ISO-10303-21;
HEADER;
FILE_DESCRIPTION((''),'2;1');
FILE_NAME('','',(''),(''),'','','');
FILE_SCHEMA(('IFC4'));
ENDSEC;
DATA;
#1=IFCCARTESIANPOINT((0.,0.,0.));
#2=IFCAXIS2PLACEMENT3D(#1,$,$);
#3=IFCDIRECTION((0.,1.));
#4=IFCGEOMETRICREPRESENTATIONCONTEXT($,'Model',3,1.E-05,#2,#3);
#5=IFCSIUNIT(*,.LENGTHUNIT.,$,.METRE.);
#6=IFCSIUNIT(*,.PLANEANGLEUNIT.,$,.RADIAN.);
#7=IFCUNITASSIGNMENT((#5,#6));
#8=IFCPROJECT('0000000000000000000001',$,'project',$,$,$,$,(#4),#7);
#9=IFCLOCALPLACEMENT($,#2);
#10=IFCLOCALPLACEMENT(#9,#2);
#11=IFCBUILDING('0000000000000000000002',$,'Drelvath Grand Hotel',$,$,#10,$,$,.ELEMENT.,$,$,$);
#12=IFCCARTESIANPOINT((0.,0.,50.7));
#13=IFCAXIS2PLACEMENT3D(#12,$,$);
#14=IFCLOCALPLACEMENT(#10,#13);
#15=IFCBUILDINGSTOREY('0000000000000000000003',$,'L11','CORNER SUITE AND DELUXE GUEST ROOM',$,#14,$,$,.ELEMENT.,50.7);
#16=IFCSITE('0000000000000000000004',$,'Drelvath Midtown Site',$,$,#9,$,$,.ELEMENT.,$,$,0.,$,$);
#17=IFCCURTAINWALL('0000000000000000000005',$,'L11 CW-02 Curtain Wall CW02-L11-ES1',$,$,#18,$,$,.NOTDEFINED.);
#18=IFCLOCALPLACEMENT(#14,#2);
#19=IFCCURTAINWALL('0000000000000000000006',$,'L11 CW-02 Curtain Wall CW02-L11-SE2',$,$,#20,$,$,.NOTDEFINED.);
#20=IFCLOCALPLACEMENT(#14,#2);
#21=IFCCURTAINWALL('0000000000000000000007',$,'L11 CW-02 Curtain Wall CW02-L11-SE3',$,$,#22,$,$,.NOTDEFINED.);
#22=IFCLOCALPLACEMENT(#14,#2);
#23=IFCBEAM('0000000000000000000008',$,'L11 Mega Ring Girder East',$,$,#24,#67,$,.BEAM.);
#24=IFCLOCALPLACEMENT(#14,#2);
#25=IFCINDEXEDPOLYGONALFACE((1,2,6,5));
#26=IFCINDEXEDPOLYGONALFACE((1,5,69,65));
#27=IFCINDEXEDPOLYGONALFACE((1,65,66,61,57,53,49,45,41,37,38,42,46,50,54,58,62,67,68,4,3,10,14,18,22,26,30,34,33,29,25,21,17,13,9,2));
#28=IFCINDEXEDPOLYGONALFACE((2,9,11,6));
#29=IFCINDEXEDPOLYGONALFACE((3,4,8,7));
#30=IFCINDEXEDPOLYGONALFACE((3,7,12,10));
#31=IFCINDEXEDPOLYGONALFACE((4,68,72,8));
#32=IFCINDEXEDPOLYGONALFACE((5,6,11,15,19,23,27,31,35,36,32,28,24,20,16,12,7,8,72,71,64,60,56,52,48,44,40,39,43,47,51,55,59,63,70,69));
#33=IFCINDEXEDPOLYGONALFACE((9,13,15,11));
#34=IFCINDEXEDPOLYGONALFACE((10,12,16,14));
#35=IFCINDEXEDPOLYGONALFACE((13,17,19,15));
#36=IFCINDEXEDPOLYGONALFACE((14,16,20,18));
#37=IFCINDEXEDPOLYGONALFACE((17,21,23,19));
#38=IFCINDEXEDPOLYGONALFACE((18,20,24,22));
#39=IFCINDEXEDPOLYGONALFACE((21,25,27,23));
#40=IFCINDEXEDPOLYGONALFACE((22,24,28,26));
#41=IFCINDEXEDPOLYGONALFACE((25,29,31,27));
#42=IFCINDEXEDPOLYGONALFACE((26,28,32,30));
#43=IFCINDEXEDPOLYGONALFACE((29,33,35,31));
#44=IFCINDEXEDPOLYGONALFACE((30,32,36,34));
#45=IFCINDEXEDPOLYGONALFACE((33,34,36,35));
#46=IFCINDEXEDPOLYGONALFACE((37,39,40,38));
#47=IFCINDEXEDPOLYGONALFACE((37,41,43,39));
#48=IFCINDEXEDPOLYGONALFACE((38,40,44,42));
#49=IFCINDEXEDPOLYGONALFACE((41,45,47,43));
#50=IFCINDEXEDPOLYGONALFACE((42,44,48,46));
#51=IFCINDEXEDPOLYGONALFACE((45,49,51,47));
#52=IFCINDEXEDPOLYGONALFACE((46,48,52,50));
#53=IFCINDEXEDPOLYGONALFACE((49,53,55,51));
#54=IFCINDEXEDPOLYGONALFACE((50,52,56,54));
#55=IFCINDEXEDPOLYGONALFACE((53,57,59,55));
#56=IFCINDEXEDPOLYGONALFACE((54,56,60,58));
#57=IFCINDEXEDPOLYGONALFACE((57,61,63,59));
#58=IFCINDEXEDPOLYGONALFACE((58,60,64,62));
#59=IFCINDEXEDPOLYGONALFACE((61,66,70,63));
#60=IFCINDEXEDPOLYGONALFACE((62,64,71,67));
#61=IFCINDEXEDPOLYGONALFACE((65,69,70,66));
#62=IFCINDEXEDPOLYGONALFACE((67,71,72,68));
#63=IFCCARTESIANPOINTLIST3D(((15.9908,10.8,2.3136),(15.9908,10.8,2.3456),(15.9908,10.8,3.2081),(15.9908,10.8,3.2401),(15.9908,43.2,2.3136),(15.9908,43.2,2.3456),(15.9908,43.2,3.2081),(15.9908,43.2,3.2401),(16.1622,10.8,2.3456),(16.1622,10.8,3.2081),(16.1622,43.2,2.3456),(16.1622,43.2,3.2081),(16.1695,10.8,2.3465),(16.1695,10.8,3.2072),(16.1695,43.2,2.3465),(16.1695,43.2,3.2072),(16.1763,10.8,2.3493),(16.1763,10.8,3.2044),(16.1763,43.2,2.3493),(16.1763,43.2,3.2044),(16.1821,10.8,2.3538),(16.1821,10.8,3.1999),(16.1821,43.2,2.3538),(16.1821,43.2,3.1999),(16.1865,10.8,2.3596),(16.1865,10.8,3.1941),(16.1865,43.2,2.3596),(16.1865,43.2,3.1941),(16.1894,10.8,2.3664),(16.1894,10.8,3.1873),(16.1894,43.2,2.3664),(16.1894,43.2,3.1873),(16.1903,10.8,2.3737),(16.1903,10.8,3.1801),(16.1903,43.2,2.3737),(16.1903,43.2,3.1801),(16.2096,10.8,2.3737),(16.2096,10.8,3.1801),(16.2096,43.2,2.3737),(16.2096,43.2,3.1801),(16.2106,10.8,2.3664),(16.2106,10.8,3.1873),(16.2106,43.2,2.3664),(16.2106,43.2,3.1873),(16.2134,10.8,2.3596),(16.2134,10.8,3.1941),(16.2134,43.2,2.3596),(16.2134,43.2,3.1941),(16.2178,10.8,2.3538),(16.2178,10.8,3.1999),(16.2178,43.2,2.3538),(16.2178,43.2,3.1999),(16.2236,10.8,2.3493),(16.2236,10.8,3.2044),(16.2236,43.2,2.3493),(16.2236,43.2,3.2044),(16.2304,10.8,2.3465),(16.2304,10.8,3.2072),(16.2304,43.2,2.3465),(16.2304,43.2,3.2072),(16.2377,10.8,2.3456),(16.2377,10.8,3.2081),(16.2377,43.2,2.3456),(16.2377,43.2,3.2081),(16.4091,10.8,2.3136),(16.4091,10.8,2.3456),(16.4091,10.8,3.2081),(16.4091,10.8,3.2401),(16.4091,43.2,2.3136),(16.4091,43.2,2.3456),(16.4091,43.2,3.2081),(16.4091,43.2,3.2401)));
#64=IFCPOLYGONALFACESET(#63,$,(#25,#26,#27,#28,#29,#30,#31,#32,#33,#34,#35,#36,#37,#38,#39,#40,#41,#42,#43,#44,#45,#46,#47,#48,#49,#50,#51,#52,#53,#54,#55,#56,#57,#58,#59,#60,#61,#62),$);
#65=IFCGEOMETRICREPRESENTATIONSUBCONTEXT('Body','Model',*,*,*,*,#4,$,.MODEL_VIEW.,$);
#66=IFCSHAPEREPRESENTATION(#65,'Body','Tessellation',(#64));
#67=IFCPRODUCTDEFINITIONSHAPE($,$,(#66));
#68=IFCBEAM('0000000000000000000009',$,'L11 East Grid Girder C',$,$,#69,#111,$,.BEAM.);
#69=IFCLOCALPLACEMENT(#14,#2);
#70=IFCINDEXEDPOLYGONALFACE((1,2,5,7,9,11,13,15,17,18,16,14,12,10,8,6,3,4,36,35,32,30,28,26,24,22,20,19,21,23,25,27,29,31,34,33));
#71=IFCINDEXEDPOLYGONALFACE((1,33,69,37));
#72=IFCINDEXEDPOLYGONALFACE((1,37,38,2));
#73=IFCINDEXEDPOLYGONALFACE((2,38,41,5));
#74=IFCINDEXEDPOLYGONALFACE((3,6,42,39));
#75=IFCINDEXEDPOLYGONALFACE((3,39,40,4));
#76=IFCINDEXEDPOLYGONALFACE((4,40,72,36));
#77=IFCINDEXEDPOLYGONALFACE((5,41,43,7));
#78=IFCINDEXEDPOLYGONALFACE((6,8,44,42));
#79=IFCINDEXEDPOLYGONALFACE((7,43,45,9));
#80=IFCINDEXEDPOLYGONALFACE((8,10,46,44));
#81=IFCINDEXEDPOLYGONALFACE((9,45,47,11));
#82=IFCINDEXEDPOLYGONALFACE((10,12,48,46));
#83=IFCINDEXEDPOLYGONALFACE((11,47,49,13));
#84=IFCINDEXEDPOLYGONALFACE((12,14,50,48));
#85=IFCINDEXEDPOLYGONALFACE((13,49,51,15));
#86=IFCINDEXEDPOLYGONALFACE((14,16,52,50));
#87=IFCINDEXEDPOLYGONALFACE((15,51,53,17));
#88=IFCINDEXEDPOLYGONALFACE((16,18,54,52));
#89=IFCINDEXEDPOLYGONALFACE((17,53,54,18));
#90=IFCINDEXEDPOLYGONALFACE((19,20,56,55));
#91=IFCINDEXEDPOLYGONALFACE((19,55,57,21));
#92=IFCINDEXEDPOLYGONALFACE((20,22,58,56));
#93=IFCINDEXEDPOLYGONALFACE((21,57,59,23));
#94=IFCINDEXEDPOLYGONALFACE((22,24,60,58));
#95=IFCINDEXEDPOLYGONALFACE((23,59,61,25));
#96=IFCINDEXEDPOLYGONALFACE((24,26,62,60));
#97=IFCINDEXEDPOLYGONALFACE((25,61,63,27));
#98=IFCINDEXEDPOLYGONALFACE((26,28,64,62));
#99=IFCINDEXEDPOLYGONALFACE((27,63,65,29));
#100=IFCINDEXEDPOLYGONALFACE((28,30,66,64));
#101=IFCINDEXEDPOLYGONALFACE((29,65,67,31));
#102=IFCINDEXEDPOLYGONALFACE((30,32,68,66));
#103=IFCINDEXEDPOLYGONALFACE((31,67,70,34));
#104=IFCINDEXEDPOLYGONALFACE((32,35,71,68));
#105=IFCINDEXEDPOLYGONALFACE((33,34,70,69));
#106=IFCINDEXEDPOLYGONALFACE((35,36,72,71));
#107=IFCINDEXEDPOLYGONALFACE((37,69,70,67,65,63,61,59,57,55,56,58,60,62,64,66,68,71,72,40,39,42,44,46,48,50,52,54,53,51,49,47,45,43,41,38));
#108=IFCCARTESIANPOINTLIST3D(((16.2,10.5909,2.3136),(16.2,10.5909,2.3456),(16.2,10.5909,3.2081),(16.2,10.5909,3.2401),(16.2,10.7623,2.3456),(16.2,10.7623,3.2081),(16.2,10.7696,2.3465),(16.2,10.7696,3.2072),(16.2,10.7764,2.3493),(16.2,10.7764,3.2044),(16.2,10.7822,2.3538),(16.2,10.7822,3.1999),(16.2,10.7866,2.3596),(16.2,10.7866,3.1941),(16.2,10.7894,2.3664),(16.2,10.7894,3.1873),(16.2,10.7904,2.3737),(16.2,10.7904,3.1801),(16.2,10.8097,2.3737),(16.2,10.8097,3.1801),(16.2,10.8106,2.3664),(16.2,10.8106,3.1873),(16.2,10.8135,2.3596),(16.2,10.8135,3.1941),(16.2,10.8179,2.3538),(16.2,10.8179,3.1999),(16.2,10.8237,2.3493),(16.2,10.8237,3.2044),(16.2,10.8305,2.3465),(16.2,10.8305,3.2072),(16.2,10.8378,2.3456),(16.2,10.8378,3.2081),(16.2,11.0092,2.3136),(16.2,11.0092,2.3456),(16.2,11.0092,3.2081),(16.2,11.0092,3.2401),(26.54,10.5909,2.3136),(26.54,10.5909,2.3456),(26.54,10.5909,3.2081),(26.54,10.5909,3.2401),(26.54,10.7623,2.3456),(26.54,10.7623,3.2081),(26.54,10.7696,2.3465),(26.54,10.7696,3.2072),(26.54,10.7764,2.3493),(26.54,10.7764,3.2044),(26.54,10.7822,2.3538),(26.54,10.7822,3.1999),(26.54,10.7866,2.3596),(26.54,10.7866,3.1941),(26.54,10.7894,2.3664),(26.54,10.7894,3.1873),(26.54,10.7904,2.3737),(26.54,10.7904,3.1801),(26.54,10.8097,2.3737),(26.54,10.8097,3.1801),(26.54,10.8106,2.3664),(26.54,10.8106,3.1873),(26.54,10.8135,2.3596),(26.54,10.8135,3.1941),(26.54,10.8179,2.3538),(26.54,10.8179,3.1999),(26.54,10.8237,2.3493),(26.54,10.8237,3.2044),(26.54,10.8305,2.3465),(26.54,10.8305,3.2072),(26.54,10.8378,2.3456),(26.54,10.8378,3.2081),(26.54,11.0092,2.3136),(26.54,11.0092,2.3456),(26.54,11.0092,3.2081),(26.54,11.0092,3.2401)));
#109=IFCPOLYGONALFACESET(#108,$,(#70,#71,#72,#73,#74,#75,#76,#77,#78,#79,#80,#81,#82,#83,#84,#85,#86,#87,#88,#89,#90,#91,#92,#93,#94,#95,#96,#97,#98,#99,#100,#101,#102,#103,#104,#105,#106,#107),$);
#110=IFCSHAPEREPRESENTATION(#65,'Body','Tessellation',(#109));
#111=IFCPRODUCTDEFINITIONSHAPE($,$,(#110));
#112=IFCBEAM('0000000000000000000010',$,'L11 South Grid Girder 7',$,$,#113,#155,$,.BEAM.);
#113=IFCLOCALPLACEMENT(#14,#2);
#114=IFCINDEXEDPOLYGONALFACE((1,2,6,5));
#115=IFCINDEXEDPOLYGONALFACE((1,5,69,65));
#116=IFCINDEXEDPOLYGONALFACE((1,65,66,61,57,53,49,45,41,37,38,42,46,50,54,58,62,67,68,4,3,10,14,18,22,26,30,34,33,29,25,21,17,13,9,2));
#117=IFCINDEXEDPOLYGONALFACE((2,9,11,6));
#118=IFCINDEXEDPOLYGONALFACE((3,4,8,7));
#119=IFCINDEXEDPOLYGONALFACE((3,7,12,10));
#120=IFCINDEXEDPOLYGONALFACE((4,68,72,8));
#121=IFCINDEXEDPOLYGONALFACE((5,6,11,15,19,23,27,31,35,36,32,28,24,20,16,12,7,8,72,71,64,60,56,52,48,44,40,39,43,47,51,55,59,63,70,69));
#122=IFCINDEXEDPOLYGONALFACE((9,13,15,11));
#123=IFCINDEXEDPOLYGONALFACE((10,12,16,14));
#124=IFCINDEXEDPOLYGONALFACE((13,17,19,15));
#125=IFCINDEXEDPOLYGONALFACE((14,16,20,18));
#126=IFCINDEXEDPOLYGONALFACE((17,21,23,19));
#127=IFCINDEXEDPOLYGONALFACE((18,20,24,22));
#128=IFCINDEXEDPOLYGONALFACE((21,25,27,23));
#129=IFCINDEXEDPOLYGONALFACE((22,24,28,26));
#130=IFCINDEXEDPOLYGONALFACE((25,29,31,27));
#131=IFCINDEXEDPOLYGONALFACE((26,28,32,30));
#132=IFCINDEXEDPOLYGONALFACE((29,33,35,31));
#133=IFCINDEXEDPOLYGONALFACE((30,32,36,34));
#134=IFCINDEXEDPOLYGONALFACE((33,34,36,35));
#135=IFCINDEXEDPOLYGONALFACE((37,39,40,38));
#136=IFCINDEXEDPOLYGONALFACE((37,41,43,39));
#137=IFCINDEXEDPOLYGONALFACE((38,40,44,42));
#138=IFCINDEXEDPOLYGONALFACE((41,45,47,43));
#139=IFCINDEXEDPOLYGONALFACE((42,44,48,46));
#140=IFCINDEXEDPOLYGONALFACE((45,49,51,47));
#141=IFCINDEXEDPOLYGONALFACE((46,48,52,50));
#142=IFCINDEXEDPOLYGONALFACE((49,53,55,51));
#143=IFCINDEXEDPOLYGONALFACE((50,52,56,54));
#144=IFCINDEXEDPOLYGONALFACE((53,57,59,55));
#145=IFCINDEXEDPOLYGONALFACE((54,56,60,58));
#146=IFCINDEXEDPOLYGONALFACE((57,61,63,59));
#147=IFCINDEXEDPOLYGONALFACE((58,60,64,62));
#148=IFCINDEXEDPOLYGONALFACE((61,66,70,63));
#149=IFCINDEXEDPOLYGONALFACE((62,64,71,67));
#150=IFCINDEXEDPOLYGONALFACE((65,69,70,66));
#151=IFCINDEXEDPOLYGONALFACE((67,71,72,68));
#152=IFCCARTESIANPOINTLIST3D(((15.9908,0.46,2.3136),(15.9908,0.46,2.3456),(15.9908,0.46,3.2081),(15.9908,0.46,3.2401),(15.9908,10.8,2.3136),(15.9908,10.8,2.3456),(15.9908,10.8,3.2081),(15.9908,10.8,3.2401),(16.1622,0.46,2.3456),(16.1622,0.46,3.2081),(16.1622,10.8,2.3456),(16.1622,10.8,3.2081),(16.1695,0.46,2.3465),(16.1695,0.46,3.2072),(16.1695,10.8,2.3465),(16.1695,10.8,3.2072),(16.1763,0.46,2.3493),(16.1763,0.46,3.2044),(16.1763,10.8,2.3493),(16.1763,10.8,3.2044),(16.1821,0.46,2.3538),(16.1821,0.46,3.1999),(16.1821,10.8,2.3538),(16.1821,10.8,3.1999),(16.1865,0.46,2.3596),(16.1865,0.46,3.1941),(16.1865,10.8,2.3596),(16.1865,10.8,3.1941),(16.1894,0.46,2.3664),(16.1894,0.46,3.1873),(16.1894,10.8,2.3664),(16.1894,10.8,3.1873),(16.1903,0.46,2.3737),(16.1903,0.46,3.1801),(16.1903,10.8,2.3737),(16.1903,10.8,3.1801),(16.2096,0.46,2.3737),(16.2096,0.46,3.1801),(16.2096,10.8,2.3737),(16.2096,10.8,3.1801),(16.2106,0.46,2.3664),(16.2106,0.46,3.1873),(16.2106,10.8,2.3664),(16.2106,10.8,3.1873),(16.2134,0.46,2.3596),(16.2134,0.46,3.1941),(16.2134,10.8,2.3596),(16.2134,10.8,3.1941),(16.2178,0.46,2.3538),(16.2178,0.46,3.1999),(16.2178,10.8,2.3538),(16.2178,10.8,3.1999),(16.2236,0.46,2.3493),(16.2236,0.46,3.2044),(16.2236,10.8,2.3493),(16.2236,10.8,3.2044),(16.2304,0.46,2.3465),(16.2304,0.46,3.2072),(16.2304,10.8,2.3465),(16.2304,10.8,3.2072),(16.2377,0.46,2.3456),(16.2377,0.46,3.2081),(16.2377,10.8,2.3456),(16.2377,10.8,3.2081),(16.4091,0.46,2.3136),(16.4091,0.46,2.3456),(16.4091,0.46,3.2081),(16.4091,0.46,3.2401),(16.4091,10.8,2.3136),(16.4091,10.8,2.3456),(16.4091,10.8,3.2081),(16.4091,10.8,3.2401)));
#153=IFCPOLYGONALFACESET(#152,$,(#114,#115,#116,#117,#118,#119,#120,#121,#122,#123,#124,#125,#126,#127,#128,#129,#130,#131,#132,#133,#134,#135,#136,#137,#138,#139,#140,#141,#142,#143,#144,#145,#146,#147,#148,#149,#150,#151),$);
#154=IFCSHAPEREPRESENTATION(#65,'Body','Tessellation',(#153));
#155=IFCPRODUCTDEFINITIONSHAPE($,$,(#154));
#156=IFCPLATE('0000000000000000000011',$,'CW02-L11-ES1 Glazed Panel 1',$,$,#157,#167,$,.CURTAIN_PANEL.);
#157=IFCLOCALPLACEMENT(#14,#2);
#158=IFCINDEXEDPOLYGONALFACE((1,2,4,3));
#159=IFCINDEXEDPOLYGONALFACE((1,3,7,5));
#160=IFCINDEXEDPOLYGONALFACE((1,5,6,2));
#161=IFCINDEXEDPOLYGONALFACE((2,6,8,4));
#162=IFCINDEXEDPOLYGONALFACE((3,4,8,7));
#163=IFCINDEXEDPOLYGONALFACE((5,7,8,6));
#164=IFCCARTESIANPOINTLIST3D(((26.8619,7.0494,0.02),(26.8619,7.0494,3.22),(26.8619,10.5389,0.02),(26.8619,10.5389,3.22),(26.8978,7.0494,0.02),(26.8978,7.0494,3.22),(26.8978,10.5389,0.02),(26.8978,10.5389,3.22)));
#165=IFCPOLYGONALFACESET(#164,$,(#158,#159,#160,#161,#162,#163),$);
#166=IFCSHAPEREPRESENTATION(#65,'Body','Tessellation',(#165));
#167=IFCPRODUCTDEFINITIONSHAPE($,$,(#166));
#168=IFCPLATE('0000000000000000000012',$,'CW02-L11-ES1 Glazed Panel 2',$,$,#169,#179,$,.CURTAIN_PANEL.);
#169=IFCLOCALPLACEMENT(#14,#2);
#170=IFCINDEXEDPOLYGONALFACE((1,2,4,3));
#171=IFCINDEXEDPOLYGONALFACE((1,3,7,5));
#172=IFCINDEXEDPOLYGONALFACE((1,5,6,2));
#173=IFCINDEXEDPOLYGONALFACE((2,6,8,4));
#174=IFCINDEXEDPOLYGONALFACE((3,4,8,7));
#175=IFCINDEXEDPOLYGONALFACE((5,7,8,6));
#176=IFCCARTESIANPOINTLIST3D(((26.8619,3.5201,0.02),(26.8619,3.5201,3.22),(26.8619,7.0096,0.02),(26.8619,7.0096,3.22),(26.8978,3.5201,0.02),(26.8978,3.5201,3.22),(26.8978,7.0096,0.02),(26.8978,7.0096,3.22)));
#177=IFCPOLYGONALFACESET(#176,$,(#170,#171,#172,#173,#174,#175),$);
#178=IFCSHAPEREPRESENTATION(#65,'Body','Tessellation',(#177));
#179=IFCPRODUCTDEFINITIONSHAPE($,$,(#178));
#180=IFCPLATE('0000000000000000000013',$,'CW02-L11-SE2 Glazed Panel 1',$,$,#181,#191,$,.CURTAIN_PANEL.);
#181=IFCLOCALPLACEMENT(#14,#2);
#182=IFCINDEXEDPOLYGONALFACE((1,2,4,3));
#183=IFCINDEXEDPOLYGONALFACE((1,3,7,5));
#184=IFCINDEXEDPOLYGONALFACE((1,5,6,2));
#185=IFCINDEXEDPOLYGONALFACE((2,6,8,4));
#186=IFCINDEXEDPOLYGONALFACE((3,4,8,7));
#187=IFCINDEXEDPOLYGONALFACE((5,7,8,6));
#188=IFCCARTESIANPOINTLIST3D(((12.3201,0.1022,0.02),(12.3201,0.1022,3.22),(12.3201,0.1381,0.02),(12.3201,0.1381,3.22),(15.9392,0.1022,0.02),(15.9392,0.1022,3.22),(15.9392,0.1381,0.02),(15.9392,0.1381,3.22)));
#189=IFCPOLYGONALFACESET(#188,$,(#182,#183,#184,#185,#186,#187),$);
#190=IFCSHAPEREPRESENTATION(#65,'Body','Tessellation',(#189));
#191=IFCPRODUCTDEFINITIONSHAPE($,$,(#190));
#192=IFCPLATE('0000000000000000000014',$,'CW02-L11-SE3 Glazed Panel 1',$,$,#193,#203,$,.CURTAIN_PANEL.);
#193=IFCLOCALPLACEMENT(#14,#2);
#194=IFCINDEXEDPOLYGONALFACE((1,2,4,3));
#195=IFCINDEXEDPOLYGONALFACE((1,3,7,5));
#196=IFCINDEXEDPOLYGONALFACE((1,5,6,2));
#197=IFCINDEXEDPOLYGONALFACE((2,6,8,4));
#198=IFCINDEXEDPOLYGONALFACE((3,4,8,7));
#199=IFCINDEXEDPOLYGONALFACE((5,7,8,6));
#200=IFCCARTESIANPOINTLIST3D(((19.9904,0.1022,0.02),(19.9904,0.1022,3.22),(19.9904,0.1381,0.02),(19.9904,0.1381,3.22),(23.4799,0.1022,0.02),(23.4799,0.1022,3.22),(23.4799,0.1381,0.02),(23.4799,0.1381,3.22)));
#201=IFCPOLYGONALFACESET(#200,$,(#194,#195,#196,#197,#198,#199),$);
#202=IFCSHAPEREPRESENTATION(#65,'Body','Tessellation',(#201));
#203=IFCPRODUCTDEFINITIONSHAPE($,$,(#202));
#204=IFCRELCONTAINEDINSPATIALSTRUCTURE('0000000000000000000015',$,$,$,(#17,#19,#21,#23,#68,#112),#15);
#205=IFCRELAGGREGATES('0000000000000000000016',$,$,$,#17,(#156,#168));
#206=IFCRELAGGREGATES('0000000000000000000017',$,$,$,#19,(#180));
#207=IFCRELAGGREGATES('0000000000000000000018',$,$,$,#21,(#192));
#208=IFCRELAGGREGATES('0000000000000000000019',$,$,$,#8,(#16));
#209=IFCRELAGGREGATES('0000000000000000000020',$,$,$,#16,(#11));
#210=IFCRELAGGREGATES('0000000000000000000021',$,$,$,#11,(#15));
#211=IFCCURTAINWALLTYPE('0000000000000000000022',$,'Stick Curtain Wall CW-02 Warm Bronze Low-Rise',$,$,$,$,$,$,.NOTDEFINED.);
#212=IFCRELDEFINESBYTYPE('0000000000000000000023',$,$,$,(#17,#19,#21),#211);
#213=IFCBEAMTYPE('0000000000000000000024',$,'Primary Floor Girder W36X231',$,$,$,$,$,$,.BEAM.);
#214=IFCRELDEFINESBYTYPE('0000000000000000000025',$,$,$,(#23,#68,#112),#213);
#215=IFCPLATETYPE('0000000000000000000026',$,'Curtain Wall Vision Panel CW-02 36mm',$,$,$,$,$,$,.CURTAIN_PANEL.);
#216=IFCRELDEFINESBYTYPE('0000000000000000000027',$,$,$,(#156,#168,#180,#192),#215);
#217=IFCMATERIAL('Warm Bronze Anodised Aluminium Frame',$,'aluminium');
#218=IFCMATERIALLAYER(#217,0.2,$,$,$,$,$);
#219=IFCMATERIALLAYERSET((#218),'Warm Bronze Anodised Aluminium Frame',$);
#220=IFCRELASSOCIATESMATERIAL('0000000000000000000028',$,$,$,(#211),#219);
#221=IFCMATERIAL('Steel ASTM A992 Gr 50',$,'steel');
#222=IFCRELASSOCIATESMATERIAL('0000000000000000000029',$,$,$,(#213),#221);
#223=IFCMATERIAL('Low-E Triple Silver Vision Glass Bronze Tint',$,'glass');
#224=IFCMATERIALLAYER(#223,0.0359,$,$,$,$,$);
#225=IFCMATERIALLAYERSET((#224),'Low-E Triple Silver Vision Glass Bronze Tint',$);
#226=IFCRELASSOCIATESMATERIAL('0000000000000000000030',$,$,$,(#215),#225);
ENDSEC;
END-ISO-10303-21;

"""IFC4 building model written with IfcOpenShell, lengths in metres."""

from ifc_helpers import new_model, si_unit, direction, frame, origin, origin_2d, place, context, subcontext, project, spatial, rectangle, i_section, extrude, material, layer, layer_set, material_profile, profile_set, type_object, element, aggregate, save


model = new_model("IFC4")

# Units and contexts
model_context = context("Model", 3, precision=1e-05, world=origin(), true_north=direction((0.0, 1.0)))
body_context = subcontext(model_context, "Body", "Model", "MODEL_VIEW")
ifc_project = project(units=[si_unit("LENGTHUNIT", "METRE"), si_unit("PLANEANGLEUNIT", "RADIAN")], contexts=[model_context])

# Site, building, storey
site_placement = place(None, origin())
site = spatial("IfcSite", under=ifc_project, at=site_placement, Name="Drelvath Midtown Site", CompositionType="ELEMENT", RefElevation=0.0)
building_placement = place(site_placement, origin())
building = spatial("IfcBuilding", under=site, at=building_placement, Name="Drelvath Grand Hotel", CompositionType="ELEMENT")
storey_placement = place(building_placement, frame((0.0, 0.0, 50.7)))
storey = spatial("IfcBuildingStorey", under=building, at=storey_placement, Name="L11", Description="CORNER SUITE AND DELUXE GUEST ROOM", CompositionType="ELEMENT", Elevation=50.7)

# Curtain walls
ifc_material_1 = material(Name="Warm Bronze Anodised Aluminium Frame", Category="aluminium")
ifc_layer_1 = layer(ifc_material_1, 0.2)
ifc_layer_set_1 = layer_set([ifc_layer_1], Name="Warm Bronze Anodised Aluminium Frame")
curtain_wall_type = type_object("IfcCurtainWallType", Name="Stick Curtain Wall CW-02 Warm Bronze Low-Rise", PredefinedType="NOTDEFINED", material=ifc_layer_set_1)
curtain_wall_1_placement = place(storey_placement, origin())
curtain_wall_1 = element("IfcCurtainWall", 1, at=curtain_wall_1_placement, inside=storey, type_object=curtain_wall_type, Name="L11 CW-02 Curtain Wall CW02-L11-ES1", PredefinedType="NOTDEFINED")
curtain_wall_2_placement = place(storey_placement, origin())
curtain_wall_2 = element("IfcCurtainWall", 2, at=curtain_wall_2_placement, inside=storey, type_object=curtain_wall_type, Name="L11 CW-02 Curtain Wall CW02-L11-SE2", PredefinedType="NOTDEFINED")
curtain_wall_3_placement = place(storey_placement, origin())
curtain_wall_3 = element("IfcCurtainWall", 3, at=curtain_wall_3_placement, inside=storey, type_object=curtain_wall_type, Name="L11 CW-02 Curtain Wall CW02-L11-SE3", PredefinedType="NOTDEFINED")

# Beams
ifc_material_2 = material(Name="Steel ASTM A992 Gr 50", Category="steel")
ifc_material_profile_1 = material_profile(ifc_material_2, i_section(OverallWidth=0.4182, OverallDepth=0.9265, WebThickness=0.0193, FlangeThickness=0.032, FilletRadius=0.0281, at=origin_2d()), Name="W36X231")
ifc_profile_set_1 = profile_set([ifc_material_profile_1], Name="Steel ASTM A992 Gr 50")
beam_type_1 = type_object("IfcBeamType", Name="Primary Floor Girder W36X231", PredefinedType="BEAM", material=ifc_profile_set_1)
beam_1_placement = place(storey_placement, frame((16.2, 10.8, 2.7769), z_axis=(0.0, 1.0, 0.0), x_axis=(-1.0, 0.0, 0.0)))
element("IfcBeam", 4, at=beam_1_placement, inside=storey, type_object=beam_type_1, Name="L11 Mega Ring Girder East", PredefinedType="BEAM", context=body_context, shape_type="SweptSolid", body=[
    extrude(i_section(OverallWidth=0.4182, OverallDepth=0.9265, WebThickness=0.0193, FlangeThickness=0.032, FilletRadius=0.0281, at=origin_2d()), origin(), (0.0, 0.0, 1.0), 32.3999),
])
for number, where, z_axis, x_axis, name in (
    (5, (16.2, 10.8, 2.7769), (1.0, 0.0, 0.0), (0.0, 1.0, 0.0), "L11 East Grid Girder C"),
    (6, (16.2, 0.46, 2.7769), (0.0, 1.0, 0.0), (-1.0, 0.0, 0.0), "L11 South Grid Girder 7"),
):
    element("IfcBeam", number, at=place(storey_placement, frame(where, z_axis=z_axis, x_axis=x_axis)), inside=storey, type_object=beam_type_1, Name=name, PredefinedType="BEAM", context=body_context, shape_type="SweptSolid", body=[
        extrude(i_section(OverallWidth=0.4182, OverallDepth=0.9265, WebThickness=0.0193, FlangeThickness=0.032, FilletRadius=0.0281, at=origin_2d()), origin(), (0.0, 0.0, 1.0), 10.3401),
    ])

# Plates
ifc_material_3 = material(Name="Low-E Triple Silver Vision Glass Bronze Tint", Category="glass")
ifc_layer_2 = layer(ifc_material_3, 0.0359)
ifc_layer_set_2 = layer_set([ifc_layer_2], Name="Low-E Triple Silver Vision Glass Bronze Tint")
plate_type = type_object("IfcPlateType", Name="Curtain Wall Vision Panel CW-02 36mm", PredefinedType="CURTAIN_PANEL", material=ifc_layer_set_2)
plate_1_placement = place(storey_placement, frame((26.8799, 8.7942, 0.02), z_axis=(0.0, 0.0, 1.0), x_axis=(0.0, -1.0, 0.0)))
plate_1 = element("IfcPlate", 7, at=plate_1_placement, type_object=plate_type, Name="CW02-L11-ES1 Glazed Panel 1", PredefinedType="CURTAIN_PANEL", context=body_context, shape_type="SweptSolid", body=[
    extrude(rectangle(XDim=3.4895, YDim=0.0359, at=origin_2d()), origin(), (0.0, 0.0, 1.0), 3.2),
])
plate_2_placement = place(storey_placement, frame((26.8799, 5.2649, 0.02), z_axis=(0.0, 0.0, 1.0), x_axis=(0.0, -1.0, 0.0)))
plate_2 = element("IfcPlate", 8, at=plate_2_placement, type_object=plate_type, Name="CW02-L11-ES1 Glazed Panel 2", PredefinedType="CURTAIN_PANEL", context=body_context, shape_type="SweptSolid", body=[
    extrude(rectangle(XDim=3.4895, YDim=0.0359, at=origin_2d()), origin(), (0.0, 0.0, 1.0), 3.2),
])
aggregate(curtain_wall_1, [plate_1, plate_2])
plate_3_placement = place(storey_placement, frame((14.1296, 0.1201, 0.02), z_axis=(0.0, 0.0, 1.0), x_axis=(-1.0, 0.0, 0.0)))
plate_3 = element("IfcPlate", 9, at=plate_3_placement, type_object=plate_type, Name="CW02-L11-SE2 Glazed Panel 1", PredefinedType="CURTAIN_PANEL", context=body_context, shape_type="SweptSolid", body=[
    extrude(rectangle(XDim=3.6191, YDim=0.0359, at=origin_2d()), origin(), (0.0, 0.0, 1.0), 3.2),
])
aggregate(curtain_wall_2, [plate_3])
plate_4_placement = place(storey_placement, frame((21.7351, 0.1201, 0.02), z_axis=(0.0, 0.0, 1.0), x_axis=(-1.0, 0.0, 0.0)))
plate_4 = element("IfcPlate", 10, at=plate_4_placement, type_object=plate_type, Name="CW02-L11-SE3 Glazed Panel 1", PredefinedType="CURTAIN_PANEL", context=body_context, shape_type="SweptSolid", body=[
    extrude(rectangle(XDim=3.4895, YDim=0.0359, at=origin_2d()), origin(), (0.0, 0.0, 1.0), 3.2),
])
aggregate(curtain_wall_3, [plate_4])

save(model, "model.ifc")
